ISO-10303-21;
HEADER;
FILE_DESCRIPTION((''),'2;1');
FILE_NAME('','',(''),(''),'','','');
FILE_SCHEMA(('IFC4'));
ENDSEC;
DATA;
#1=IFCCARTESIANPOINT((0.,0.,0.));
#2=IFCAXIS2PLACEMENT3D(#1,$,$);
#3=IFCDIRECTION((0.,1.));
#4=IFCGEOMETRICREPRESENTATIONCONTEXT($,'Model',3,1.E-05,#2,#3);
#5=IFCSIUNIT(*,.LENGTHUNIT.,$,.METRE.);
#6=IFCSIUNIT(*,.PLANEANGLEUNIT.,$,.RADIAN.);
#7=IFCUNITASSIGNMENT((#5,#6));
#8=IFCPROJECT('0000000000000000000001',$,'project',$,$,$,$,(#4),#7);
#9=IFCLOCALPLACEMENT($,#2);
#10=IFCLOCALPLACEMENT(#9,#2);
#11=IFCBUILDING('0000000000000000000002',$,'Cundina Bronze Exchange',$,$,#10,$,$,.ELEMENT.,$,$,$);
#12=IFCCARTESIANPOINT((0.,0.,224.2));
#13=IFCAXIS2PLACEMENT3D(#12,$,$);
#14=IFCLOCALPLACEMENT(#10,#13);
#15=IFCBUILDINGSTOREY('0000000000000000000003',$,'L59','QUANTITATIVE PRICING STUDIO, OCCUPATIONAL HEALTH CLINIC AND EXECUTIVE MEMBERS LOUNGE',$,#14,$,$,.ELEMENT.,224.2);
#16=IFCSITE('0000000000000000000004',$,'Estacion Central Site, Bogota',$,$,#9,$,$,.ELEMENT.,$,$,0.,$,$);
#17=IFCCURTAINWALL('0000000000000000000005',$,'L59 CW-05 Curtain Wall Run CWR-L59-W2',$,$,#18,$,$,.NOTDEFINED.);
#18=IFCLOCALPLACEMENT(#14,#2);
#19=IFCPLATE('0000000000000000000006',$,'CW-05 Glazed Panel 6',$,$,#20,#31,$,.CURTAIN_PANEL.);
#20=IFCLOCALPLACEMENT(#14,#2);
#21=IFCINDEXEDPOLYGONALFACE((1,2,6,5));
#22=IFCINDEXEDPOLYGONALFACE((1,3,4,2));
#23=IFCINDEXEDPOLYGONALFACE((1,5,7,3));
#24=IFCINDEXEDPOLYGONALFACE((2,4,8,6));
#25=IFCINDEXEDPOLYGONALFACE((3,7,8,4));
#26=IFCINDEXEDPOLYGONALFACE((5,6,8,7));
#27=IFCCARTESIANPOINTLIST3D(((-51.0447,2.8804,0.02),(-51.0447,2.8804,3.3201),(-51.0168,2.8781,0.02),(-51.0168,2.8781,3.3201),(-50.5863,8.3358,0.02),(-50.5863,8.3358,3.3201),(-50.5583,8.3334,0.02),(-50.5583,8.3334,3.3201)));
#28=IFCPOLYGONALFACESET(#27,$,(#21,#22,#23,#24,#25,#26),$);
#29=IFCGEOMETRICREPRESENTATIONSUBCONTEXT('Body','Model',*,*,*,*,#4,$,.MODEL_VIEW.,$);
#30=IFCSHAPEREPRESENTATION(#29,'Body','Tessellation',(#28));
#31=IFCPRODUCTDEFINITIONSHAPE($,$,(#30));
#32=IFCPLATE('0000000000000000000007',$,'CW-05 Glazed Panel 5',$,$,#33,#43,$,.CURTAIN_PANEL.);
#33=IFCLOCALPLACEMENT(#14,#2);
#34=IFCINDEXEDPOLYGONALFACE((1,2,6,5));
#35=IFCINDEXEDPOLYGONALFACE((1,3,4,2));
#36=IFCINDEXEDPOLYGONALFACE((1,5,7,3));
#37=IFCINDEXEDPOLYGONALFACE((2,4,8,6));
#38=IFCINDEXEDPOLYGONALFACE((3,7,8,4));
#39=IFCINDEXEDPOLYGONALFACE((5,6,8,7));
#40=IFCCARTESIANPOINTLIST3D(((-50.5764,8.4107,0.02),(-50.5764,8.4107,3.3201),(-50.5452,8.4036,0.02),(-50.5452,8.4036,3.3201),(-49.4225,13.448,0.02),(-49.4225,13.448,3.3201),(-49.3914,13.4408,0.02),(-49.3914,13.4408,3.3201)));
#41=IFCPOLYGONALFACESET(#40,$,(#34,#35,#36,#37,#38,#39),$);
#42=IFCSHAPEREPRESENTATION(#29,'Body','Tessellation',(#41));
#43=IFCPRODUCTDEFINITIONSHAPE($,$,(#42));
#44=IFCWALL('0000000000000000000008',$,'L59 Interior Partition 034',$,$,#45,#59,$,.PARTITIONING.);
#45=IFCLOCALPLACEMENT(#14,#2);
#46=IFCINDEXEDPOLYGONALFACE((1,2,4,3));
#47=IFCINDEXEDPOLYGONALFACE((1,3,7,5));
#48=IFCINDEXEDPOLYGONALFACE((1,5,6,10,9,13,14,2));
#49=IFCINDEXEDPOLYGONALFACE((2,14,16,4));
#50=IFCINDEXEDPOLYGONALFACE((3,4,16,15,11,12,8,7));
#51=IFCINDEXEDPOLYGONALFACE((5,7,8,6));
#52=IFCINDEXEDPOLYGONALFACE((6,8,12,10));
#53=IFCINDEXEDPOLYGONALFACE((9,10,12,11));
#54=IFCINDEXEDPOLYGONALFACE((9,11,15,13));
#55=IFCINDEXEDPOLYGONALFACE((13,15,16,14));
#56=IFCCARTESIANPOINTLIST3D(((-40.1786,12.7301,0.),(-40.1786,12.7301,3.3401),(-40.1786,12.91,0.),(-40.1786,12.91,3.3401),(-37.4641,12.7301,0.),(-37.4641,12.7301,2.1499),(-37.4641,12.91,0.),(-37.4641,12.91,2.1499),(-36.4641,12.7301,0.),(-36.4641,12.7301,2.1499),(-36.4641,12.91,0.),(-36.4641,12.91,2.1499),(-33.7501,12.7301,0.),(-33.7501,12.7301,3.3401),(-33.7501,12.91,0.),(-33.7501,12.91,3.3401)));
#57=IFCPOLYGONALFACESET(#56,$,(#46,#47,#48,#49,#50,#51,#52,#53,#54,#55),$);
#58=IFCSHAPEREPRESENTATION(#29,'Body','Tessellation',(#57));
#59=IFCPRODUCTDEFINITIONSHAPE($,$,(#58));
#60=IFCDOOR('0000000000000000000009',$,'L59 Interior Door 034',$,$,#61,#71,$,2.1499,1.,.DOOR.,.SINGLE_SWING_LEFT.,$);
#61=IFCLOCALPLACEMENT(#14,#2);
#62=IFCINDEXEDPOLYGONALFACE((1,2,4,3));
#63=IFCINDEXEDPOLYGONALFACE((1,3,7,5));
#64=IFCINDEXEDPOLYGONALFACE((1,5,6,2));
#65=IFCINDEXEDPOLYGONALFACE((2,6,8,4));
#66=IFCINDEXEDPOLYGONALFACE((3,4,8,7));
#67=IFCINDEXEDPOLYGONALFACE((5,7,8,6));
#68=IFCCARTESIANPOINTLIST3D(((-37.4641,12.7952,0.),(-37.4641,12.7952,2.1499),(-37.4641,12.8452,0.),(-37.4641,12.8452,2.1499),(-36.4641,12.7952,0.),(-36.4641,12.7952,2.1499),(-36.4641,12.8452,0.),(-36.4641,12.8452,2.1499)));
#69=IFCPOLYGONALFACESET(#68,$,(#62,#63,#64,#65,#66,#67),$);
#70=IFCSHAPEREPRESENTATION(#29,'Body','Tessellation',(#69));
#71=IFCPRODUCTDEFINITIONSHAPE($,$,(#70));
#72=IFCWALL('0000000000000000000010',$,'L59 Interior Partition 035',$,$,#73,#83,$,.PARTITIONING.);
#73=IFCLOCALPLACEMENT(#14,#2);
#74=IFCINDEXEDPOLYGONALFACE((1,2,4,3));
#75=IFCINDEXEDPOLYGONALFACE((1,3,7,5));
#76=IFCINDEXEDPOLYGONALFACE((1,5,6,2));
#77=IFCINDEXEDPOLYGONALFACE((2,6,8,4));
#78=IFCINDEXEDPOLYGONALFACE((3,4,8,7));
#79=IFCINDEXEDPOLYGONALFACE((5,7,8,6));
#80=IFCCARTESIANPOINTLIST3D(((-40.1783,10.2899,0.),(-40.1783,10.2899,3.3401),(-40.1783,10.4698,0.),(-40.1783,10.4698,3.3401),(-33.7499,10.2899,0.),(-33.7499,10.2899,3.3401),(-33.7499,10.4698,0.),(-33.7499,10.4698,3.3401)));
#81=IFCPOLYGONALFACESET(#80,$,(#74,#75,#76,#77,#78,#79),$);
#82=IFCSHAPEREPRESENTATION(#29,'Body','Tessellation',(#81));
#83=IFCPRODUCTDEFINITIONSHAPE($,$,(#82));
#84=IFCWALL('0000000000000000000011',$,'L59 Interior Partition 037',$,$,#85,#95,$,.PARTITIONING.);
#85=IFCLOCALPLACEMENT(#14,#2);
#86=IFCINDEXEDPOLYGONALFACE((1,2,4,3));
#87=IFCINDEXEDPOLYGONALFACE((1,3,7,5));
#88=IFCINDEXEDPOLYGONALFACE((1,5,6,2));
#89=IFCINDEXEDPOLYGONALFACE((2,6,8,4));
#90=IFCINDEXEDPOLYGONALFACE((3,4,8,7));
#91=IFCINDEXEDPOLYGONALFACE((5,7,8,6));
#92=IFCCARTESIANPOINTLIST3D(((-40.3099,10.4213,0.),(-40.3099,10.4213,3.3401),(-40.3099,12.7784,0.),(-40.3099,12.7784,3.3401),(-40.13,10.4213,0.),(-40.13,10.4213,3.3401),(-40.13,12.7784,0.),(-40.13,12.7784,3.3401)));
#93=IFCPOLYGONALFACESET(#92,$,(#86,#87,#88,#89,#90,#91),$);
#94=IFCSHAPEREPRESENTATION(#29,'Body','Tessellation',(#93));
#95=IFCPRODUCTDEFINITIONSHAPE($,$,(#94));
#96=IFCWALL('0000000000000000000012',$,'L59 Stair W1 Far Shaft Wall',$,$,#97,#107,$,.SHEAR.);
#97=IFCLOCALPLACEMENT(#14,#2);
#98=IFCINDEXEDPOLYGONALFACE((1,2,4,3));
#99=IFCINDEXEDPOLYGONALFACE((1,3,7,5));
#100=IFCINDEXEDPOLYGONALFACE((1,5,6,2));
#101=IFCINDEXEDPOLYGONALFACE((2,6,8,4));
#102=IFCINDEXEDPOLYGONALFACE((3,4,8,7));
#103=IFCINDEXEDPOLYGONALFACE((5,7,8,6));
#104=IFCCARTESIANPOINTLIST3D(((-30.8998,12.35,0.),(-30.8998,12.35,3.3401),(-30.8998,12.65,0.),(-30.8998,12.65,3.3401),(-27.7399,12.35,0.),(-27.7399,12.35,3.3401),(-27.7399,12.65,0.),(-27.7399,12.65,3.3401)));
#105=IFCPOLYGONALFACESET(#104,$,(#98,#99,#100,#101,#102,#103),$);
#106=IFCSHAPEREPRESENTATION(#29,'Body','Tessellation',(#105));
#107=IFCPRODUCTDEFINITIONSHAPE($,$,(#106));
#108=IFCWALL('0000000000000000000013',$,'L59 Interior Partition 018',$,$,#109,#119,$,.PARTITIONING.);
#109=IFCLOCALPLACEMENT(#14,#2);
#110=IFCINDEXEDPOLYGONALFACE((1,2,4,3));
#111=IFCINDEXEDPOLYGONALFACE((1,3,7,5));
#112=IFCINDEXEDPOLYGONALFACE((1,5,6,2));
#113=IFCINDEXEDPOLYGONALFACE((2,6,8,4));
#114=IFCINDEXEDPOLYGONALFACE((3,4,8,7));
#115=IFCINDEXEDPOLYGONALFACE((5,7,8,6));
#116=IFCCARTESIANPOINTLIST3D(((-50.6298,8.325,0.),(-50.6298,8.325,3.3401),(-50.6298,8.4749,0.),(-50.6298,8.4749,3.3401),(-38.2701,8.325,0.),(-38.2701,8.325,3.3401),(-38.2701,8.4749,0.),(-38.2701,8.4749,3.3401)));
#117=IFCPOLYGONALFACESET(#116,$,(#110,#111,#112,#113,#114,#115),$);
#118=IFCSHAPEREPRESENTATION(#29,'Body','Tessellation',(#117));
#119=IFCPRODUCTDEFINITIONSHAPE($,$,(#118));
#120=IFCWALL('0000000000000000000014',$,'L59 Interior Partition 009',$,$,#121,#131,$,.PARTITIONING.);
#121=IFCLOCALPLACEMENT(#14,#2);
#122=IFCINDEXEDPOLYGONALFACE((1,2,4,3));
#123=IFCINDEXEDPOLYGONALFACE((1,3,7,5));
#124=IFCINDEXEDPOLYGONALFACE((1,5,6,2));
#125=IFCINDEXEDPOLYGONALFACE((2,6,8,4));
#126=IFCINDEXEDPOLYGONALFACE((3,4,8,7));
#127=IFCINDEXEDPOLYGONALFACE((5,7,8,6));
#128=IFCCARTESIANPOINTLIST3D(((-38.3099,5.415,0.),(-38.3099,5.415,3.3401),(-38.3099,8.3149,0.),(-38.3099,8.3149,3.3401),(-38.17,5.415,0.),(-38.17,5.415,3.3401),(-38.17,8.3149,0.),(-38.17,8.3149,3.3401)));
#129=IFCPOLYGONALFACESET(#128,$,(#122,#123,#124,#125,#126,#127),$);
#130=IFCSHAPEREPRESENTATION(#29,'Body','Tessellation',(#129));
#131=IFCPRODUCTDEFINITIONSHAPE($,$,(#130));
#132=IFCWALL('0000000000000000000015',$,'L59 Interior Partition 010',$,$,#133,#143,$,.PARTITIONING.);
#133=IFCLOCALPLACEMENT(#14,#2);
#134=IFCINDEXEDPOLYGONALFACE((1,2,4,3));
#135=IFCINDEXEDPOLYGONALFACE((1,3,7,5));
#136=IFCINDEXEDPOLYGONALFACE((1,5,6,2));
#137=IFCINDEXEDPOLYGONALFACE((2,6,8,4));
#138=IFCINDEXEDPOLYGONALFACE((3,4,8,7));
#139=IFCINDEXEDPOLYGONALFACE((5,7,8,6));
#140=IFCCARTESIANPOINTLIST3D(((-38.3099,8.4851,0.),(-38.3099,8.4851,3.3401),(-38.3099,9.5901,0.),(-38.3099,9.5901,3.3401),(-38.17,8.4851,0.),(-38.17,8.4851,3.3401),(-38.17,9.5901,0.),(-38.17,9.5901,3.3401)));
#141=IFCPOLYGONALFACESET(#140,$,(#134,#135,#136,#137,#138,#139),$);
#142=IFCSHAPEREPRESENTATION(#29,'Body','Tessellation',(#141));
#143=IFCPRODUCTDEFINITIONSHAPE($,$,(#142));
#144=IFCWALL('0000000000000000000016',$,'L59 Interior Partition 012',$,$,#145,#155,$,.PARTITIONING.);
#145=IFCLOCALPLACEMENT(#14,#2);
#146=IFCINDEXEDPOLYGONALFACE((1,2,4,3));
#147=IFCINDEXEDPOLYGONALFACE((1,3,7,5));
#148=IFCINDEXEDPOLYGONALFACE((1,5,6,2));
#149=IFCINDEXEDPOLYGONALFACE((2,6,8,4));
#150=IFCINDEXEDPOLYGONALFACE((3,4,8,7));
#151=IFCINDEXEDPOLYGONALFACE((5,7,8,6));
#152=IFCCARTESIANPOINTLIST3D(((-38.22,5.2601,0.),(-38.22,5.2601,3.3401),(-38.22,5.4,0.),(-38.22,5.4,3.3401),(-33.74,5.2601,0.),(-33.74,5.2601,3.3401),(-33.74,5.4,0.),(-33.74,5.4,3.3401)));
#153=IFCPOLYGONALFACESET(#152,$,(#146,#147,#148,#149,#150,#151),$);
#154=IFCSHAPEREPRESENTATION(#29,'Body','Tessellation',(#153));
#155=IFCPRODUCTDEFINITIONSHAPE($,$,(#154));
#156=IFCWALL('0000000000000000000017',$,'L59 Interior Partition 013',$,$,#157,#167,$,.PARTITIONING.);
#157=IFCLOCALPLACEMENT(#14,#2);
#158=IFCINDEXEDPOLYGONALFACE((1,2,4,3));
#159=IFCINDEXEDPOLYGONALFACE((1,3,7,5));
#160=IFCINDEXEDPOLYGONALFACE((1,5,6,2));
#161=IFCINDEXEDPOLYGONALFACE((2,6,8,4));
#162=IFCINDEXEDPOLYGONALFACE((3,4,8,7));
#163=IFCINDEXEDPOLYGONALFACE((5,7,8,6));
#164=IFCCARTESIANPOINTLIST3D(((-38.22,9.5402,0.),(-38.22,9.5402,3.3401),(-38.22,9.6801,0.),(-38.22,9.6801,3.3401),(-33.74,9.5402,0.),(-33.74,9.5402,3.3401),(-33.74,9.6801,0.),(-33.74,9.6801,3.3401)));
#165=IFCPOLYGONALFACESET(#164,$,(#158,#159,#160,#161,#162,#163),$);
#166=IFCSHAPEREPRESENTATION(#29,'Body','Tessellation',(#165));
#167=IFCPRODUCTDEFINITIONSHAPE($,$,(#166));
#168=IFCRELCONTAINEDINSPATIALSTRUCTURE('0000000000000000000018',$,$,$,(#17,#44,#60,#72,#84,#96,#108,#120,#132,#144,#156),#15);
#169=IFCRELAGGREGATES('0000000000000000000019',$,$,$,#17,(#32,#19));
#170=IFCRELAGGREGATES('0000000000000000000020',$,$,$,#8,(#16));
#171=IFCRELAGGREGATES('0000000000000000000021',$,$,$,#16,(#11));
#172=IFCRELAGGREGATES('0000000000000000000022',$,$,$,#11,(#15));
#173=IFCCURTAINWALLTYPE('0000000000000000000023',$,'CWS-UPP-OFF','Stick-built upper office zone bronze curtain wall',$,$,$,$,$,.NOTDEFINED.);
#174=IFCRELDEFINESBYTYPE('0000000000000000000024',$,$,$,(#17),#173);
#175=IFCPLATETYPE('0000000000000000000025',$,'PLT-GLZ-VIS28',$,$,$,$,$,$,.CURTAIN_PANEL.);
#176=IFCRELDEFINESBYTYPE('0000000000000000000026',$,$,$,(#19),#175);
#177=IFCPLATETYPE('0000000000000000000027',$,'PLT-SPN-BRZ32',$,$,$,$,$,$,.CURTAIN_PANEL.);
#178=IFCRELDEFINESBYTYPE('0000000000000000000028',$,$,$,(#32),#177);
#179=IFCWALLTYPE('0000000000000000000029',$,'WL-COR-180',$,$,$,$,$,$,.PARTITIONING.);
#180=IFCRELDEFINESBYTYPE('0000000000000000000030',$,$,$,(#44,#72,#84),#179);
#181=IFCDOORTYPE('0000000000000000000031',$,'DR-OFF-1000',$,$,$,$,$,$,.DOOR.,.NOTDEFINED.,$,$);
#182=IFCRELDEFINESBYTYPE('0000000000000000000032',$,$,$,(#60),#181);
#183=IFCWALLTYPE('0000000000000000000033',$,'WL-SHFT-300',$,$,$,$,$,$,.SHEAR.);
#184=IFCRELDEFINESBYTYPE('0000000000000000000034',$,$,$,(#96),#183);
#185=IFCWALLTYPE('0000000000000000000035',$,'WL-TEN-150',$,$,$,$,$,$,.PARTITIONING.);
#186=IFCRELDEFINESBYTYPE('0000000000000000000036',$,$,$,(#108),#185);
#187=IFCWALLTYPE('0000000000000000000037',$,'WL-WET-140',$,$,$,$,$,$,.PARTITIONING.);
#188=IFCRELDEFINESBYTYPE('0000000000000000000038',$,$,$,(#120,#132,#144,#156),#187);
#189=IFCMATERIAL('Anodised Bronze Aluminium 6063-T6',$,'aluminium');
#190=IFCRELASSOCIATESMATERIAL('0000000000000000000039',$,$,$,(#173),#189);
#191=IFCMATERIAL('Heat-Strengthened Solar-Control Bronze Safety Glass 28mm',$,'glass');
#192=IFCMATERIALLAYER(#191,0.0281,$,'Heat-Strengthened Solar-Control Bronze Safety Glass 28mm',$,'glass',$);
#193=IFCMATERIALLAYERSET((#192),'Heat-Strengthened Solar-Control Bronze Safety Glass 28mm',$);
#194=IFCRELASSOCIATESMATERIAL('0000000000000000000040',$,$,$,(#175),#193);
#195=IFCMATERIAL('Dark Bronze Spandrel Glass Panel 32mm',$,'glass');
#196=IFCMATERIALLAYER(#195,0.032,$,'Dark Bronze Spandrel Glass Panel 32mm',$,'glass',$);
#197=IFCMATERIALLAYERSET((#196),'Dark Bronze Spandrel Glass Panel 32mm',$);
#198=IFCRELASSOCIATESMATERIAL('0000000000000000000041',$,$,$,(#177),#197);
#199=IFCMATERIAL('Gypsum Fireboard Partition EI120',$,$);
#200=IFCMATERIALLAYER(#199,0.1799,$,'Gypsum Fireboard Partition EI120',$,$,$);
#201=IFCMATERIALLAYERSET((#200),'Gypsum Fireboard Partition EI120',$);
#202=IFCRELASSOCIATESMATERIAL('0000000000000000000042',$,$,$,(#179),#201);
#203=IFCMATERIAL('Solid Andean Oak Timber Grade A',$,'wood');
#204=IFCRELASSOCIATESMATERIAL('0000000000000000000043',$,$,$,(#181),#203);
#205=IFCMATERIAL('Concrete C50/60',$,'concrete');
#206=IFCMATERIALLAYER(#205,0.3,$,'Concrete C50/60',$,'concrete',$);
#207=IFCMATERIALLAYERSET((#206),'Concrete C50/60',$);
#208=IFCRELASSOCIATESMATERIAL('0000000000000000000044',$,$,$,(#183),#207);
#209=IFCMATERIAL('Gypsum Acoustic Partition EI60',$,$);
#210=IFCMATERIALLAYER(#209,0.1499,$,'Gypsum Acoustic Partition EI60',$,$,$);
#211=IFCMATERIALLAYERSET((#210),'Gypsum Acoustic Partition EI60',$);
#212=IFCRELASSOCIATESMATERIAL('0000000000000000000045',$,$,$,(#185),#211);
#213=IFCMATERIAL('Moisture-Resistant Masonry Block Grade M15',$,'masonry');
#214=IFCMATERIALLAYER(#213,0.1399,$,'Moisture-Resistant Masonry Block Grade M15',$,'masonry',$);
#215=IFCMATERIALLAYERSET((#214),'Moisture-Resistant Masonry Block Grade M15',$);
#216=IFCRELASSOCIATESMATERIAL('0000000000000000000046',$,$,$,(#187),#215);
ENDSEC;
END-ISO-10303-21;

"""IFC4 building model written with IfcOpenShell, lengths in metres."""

from ifc_helpers import new_model, si_unit, direction, frame, frame_2d, origin, origin_2d, place, context, subcontext, project, spatial, rectangle, extrude, material, layer, layer_set, type_object, element, fill, aggregate, save


model = new_model("IFC4")

# Units and contexts
model_context = context("Model", 3, precision=1e-05, world=origin(), true_north=direction((0.0, 1.0)))
body_context = subcontext(model_context, "Body", "Model", "MODEL_VIEW")
ifc_project = project(units=[si_unit("LENGTHUNIT", "METRE"), si_unit("PLANEANGLEUNIT", "RADIAN")], contexts=[model_context])

# Site, building, storey
site_placement = place(None, origin())
site = spatial("IfcSite", under=ifc_project, at=site_placement, Name="Estacion Central Site, Bogota", CompositionType="ELEMENT", RefElevation=0.0)
building_placement = place(site_placement, origin())
building = spatial("IfcBuilding", under=site, at=building_placement, Name="Cundina Bronze Exchange", CompositionType="ELEMENT")
storey_placement = place(building_placement, frame((0.0, 0.0, 224.2)))
storey = spatial("IfcBuildingStorey", under=building, at=storey_placement, Name="L59", Description="QUANTITATIVE PRICING STUDIO, OCCUPATIONAL HEALTH CLINIC AND EXECUTIVE MEMBERS LOUNGE", CompositionType="ELEMENT", Elevation=224.2)

# Shared definitions
ifc_material_1 = material(Name="Concrete C50/60", Category="concrete")

# Curtain wall, plates
ifc_material_2 = material(Name="Anodised Bronze Aluminium 6063-T6", Category="aluminium")
curtain_wall_type = type_object("IfcCurtainWallType", Name="CWS-UPP-OFF", Description="Stick-built upper office zone bronze curtain wall", PredefinedType="NOTDEFINED", material=ifc_material_2)
curtain_wall_placement = place(storey_placement, origin())
curtain_wall = element("IfcCurtainWall", 1, at=curtain_wall_placement, inside=storey, type_object=curtain_wall_type, Name="L59 CW-05 Curtain Wall Run CWR-L59-W2", PredefinedType="NOTDEFINED")
ifc_material_3 = material(Name="Heat-Strengthened Solar-Control Bronze Safety Glass 28mm", Category="glass")
ifc_layer_1 = layer(ifc_material_3, 0.0281, Name="Heat-Strengthened Solar-Control Bronze Safety Glass 28mm", Category="glass")
ifc_layer_set_1 = layer_set([ifc_layer_1], Name="Heat-Strengthened Solar-Control Bronze Safety Glass 28mm")
plate_type_1 = type_object("IfcPlateType", Name="PLT-GLZ-VIS28", PredefinedType="CURTAIN_PANEL", material=ifc_layer_set_1)
plate_1_placement = place(storey_placement, frame((-50.8015, 5.6069, 0.02), z_axis=(0.0, 0.0, 1.0), x_axis=(-0.083747, -0.996487, 0.0)))
plate_1 = element("IfcPlate", 2, at=plate_1_placement, type_object=plate_type_1, Name="CW-05 Glazed Panel 6", PredefinedType="CURTAIN_PANEL", context=body_context, shape_type="SweptSolid", body=[
    extrude(rectangle(XDim=5.4746, YDim=0.0281, at=origin_2d()), origin(), (0.0, 0.0, 1.0), 3.3),
])
ifc_material_4 = material(Name="Dark Bronze Spandrel Glass Panel 32mm", Category="glass")
ifc_layer_2 = layer(ifc_material_4, 0.032, Name="Dark Bronze Spandrel Glass Panel 32mm", Category="glass")
ifc_layer_set_2 = layer_set([ifc_layer_2], Name="Dark Bronze Spandrel Glass Panel 32mm")
plate_type_2 = type_object("IfcPlateType", Name="PLT-SPN-BRZ32", PredefinedType="CURTAIN_PANEL", material=ifc_layer_set_2)
plate_2_placement = place(storey_placement, frame((-49.9839, 10.9258, 0.02), z_axis=(0.0, 0.0, 1.0), x_axis=(-0.223284, -0.974753, 0.0)))
plate_2 = element("IfcPlate", 3, at=plate_2_placement, type_object=plate_type_2, Name="CW-05 Glazed Panel 5", PredefinedType="CURTAIN_PANEL", context=body_context, shape_type="SweptSolid", body=[
    extrude(rectangle(XDim=5.1677, YDim=0.032, at=origin_2d()), origin(), (0.0, 0.0, 1.0), 3.3),
])
aggregate(curtain_wall, [plate_2, plate_1])

# Wall, opening, door
ifc_material_5 = material(Name="Gypsum Fireboard Partition EI120")
ifc_layer_3 = layer(ifc_material_5, 0.1799, Name="Gypsum Fireboard Partition EI120")
ifc_layer_set_3 = layer_set([ifc_layer_3], Name="Gypsum Fireboard Partition EI120")
wall_type_1 = type_object("IfcWallType", Name="WL-COR-180", PredefinedType="PARTITIONING", material=ifc_layer_set_3)
ifc_material_6 = material(Name="Solid Andean Oak Timber Grade A", Category="wood")
door_type_1 = type_object("IfcDoorType", Name="DR-OFF-1000", OperationType="NOTDEFINED", PredefinedType="DOOR", material=ifc_material_6)
wall_1_placement = place(storey_placement, frame((-33.75, 12.8201, 0.0), z_axis=(0.0, 0.0, 1.0), x_axis=(-1.0, 0.0, 0.0)))
wall_1 = element("IfcWall", 4, at=wall_1_placement, inside=storey, type_object=wall_type_1, Name="L59 Interior Partition 034", PredefinedType="PARTITIONING", context=body_context, shape_type="SweptSolid", body=[
    extrude(rectangle(XDim=6.4285, YDim=0.1799, at=frame_2d((3.2144, 0.0))), origin(), (0.0, 0.0, 1.0), 3.3401),
])
opening_1_placement = place(wall_1_placement, frame((2.7141, 0.0, 0.0)))
opening_1 = element("IfcOpeningElement", 5, at=opening_1_placement, cuts=wall_1, PredefinedType="OPENING", context=body_context, shape_type="SweptSolid", body=[
    extrude(rectangle(XDim=1.0, YDim=2.1499, at=frame_2d((0.5, 1.075))), frame((0.0, 0.0999, 0.0), z_axis=(0.0, -1.0, 0.0), x_axis=(1.0, 0.0, 0.0)), (0.0, 0.0, 1.0), 0.2),
])
door_1_placement = place(opening_1_placement, origin())
door_1 = element("IfcDoor", 6, at=door_1_placement, inside=storey, type_object=door_type_1, Name="L59 Interior Door 034", OperationType="SINGLE_SWING_LEFT", OverallHeight=2.1499, OverallWidth=1.0, PredefinedType="DOOR", context=body_context, shape_type="SweptSolid", body=[
    extrude(rectangle(XDim=1.0, YDim=2.1499, at=frame_2d((0.5, 1.075))), frame((0.0, 0.0249, 0.0), z_axis=(0.0, -1.0, 0.0), x_axis=(1.0, 0.0, 0.0)), (0.0, 0.0, 1.0), 0.05),
])
fill(opening_1, door_1)

# Walls
wall_2_placement = place(storey_placement, frame((-40.1785, 10.3799, 0.0), z_axis=(0.0, 0.0, 1.0), x_axis=(1.0, 0.0, 0.0)))
element("IfcWall", 7, at=wall_2_placement, inside=storey, type_object=wall_type_1, Name="L59 Interior Partition 035", PredefinedType="PARTITIONING", context=body_context, shape_type="SweptSolid", body=[
    extrude(rectangle(XDim=6.4285, YDim=0.1799, at=frame_2d((3.2144, 0.0))), origin(), (0.0, 0.0, 1.0), 3.3401),
])
wall_3_placement = place(storey_placement, frame((-40.22, 12.7786, 0.0), z_axis=(0.0, 0.0, 1.0), x_axis=(0.0, -1.0, 0.0)))
element("IfcWall", 8, at=wall_3_placement, inside=storey, type_object=wall_type_1, Name="L59 Interior Partition 037", PredefinedType="PARTITIONING", context=body_context, shape_type="SweptSolid", body=[
    extrude(rectangle(XDim=2.3572, YDim=0.1799, at=frame_2d((1.1787, 0.0))), origin(), (0.0, 0.0, 1.0), 3.3401),
])

# Shared definitions
ifc_layer_4 = layer(ifc_material_1, 0.3, Name="Concrete C50/60", Category="concrete")
ifc_layer_set_4 = layer_set([ifc_layer_4], Name="Concrete C50/60")
wall_type_2 = type_object("IfcWallType", Name="WL-SHFT-300", PredefinedType="SHEAR", material=ifc_layer_set_4)

# Walls
wall_4_placement = place(storey_placement, frame((-30.8999, 12.5, 0.0), z_axis=(0.0, 0.0, 1.0), x_axis=(1.0, 0.0, 0.0)))
element("IfcWall", 9, at=wall_4_placement, inside=storey, type_object=wall_type_2, Name="L59 Stair W1 Far Shaft Wall", PredefinedType="SHEAR", context=body_context, shape_type="SweptSolid", body=[
    extrude(rectangle(XDim=3.1599, YDim=0.3, at=frame_2d((1.5801, 0.0))), origin(), (0.0, 0.0, 1.0), 3.3401),
])
ifc_material_7 = material(Name="Gypsum Acoustic Partition EI60")
ifc_layer_5 = layer(ifc_material_7, 0.1499, Name="Gypsum Acoustic Partition EI60")
ifc_layer_set_5 = layer_set([ifc_layer_5], Name="Gypsum Acoustic Partition EI60")
wall_type_3 = type_object("IfcWallType", Name="WL-TEN-150", PredefinedType="PARTITIONING", material=ifc_layer_set_5)
wall_5_placement = place(storey_placement, frame((-50.6296, 8.3999, 0.0), z_axis=(0.0, 0.0, 1.0), x_axis=(1.0, 0.0, 0.0)))
element("IfcWall", 10, at=wall_5_placement, inside=storey, type_object=wall_type_3, Name="L59 Interior Partition 018", PredefinedType="PARTITIONING", context=body_context, shape_type="SweptSolid", body=[
    extrude(rectangle(XDim=12.3596, YDim=0.1499, at=frame_2d((6.1797, 0.0))), origin(), (0.0, 0.0, 1.0), 3.3401),
])
ifc_material_8 = material(Name="Moisture-Resistant Masonry Block Grade M15", Category="masonry")
ifc_layer_6 = layer(ifc_material_8, 0.1399, Name="Moisture-Resistant Masonry Block Grade M15", Category="masonry")
ifc_layer_set_6 = layer_set([ifc_layer_6], Name="Moisture-Resistant Masonry Block Grade M15")
wall_type_4 = type_object("IfcWallType", Name="WL-WET-140", PredefinedType="PARTITIONING", material=ifc_layer_set_6)
wall_6_placement = place(storey_placement, frame((-38.24, 5.415, 0.0), z_axis=(0.0, 0.0, 1.0), x_axis=(0.0, 1.0, 0.0)))
element("IfcWall", 11, at=wall_6_placement, inside=storey, type_object=wall_type_4, Name="L59 Interior Partition 009", PredefinedType="PARTITIONING", context=body_context, shape_type="SweptSolid", body=[
    extrude(rectangle(XDim=2.8999, YDim=0.1399, at=frame_2d((1.45, 0.0))), origin(), (0.0, 0.0, 1.0), 3.3401),
])
wall_7_placement = place(storey_placement, frame((-38.24, 8.4851, 0.0), z_axis=(0.0, 0.0, 1.0), x_axis=(0.0, 1.0, 0.0)))
element("IfcWall", 12, at=wall_7_placement, inside=storey, type_object=wall_type_4, Name="L59 Interior Partition 010", PredefinedType="PARTITIONING", context=body_context, shape_type="SweptSolid", body=[
    extrude(rectangle(XDim=1.105, YDim=0.1399, at=frame_2d((0.5525, 0.0))), origin(), (0.0, 0.0, 1.0), 3.3401),
])
for number, where, z_axis, x_axis, name in (
    (13, (-38.22, 5.3301, 0.0), (0.0, 0.0, 1.0), (1.0, 0.0, 0.0), "L59 Interior Partition 012"),
    (14, (-38.22, 9.6101, 0.0), (0.0, 0.0, 1.0), (1.0, 0.0, 0.0), "L59 Interior Partition 013"),
):
    element("IfcWall", number, at=place(storey_placement, frame(where, z_axis=z_axis, x_axis=x_axis)), inside=storey, type_object=wall_type_4, Name=name, PredefinedType="PARTITIONING", context=body_context, shape_type="SweptSolid", body=[
        extrude(rectangle(XDim=4.48, YDim=0.1399, at=frame_2d((2.24, 0.0))), origin(), (0.0, 0.0, 1.0), 3.3401),
    ])

save(model, "model.ifc")
